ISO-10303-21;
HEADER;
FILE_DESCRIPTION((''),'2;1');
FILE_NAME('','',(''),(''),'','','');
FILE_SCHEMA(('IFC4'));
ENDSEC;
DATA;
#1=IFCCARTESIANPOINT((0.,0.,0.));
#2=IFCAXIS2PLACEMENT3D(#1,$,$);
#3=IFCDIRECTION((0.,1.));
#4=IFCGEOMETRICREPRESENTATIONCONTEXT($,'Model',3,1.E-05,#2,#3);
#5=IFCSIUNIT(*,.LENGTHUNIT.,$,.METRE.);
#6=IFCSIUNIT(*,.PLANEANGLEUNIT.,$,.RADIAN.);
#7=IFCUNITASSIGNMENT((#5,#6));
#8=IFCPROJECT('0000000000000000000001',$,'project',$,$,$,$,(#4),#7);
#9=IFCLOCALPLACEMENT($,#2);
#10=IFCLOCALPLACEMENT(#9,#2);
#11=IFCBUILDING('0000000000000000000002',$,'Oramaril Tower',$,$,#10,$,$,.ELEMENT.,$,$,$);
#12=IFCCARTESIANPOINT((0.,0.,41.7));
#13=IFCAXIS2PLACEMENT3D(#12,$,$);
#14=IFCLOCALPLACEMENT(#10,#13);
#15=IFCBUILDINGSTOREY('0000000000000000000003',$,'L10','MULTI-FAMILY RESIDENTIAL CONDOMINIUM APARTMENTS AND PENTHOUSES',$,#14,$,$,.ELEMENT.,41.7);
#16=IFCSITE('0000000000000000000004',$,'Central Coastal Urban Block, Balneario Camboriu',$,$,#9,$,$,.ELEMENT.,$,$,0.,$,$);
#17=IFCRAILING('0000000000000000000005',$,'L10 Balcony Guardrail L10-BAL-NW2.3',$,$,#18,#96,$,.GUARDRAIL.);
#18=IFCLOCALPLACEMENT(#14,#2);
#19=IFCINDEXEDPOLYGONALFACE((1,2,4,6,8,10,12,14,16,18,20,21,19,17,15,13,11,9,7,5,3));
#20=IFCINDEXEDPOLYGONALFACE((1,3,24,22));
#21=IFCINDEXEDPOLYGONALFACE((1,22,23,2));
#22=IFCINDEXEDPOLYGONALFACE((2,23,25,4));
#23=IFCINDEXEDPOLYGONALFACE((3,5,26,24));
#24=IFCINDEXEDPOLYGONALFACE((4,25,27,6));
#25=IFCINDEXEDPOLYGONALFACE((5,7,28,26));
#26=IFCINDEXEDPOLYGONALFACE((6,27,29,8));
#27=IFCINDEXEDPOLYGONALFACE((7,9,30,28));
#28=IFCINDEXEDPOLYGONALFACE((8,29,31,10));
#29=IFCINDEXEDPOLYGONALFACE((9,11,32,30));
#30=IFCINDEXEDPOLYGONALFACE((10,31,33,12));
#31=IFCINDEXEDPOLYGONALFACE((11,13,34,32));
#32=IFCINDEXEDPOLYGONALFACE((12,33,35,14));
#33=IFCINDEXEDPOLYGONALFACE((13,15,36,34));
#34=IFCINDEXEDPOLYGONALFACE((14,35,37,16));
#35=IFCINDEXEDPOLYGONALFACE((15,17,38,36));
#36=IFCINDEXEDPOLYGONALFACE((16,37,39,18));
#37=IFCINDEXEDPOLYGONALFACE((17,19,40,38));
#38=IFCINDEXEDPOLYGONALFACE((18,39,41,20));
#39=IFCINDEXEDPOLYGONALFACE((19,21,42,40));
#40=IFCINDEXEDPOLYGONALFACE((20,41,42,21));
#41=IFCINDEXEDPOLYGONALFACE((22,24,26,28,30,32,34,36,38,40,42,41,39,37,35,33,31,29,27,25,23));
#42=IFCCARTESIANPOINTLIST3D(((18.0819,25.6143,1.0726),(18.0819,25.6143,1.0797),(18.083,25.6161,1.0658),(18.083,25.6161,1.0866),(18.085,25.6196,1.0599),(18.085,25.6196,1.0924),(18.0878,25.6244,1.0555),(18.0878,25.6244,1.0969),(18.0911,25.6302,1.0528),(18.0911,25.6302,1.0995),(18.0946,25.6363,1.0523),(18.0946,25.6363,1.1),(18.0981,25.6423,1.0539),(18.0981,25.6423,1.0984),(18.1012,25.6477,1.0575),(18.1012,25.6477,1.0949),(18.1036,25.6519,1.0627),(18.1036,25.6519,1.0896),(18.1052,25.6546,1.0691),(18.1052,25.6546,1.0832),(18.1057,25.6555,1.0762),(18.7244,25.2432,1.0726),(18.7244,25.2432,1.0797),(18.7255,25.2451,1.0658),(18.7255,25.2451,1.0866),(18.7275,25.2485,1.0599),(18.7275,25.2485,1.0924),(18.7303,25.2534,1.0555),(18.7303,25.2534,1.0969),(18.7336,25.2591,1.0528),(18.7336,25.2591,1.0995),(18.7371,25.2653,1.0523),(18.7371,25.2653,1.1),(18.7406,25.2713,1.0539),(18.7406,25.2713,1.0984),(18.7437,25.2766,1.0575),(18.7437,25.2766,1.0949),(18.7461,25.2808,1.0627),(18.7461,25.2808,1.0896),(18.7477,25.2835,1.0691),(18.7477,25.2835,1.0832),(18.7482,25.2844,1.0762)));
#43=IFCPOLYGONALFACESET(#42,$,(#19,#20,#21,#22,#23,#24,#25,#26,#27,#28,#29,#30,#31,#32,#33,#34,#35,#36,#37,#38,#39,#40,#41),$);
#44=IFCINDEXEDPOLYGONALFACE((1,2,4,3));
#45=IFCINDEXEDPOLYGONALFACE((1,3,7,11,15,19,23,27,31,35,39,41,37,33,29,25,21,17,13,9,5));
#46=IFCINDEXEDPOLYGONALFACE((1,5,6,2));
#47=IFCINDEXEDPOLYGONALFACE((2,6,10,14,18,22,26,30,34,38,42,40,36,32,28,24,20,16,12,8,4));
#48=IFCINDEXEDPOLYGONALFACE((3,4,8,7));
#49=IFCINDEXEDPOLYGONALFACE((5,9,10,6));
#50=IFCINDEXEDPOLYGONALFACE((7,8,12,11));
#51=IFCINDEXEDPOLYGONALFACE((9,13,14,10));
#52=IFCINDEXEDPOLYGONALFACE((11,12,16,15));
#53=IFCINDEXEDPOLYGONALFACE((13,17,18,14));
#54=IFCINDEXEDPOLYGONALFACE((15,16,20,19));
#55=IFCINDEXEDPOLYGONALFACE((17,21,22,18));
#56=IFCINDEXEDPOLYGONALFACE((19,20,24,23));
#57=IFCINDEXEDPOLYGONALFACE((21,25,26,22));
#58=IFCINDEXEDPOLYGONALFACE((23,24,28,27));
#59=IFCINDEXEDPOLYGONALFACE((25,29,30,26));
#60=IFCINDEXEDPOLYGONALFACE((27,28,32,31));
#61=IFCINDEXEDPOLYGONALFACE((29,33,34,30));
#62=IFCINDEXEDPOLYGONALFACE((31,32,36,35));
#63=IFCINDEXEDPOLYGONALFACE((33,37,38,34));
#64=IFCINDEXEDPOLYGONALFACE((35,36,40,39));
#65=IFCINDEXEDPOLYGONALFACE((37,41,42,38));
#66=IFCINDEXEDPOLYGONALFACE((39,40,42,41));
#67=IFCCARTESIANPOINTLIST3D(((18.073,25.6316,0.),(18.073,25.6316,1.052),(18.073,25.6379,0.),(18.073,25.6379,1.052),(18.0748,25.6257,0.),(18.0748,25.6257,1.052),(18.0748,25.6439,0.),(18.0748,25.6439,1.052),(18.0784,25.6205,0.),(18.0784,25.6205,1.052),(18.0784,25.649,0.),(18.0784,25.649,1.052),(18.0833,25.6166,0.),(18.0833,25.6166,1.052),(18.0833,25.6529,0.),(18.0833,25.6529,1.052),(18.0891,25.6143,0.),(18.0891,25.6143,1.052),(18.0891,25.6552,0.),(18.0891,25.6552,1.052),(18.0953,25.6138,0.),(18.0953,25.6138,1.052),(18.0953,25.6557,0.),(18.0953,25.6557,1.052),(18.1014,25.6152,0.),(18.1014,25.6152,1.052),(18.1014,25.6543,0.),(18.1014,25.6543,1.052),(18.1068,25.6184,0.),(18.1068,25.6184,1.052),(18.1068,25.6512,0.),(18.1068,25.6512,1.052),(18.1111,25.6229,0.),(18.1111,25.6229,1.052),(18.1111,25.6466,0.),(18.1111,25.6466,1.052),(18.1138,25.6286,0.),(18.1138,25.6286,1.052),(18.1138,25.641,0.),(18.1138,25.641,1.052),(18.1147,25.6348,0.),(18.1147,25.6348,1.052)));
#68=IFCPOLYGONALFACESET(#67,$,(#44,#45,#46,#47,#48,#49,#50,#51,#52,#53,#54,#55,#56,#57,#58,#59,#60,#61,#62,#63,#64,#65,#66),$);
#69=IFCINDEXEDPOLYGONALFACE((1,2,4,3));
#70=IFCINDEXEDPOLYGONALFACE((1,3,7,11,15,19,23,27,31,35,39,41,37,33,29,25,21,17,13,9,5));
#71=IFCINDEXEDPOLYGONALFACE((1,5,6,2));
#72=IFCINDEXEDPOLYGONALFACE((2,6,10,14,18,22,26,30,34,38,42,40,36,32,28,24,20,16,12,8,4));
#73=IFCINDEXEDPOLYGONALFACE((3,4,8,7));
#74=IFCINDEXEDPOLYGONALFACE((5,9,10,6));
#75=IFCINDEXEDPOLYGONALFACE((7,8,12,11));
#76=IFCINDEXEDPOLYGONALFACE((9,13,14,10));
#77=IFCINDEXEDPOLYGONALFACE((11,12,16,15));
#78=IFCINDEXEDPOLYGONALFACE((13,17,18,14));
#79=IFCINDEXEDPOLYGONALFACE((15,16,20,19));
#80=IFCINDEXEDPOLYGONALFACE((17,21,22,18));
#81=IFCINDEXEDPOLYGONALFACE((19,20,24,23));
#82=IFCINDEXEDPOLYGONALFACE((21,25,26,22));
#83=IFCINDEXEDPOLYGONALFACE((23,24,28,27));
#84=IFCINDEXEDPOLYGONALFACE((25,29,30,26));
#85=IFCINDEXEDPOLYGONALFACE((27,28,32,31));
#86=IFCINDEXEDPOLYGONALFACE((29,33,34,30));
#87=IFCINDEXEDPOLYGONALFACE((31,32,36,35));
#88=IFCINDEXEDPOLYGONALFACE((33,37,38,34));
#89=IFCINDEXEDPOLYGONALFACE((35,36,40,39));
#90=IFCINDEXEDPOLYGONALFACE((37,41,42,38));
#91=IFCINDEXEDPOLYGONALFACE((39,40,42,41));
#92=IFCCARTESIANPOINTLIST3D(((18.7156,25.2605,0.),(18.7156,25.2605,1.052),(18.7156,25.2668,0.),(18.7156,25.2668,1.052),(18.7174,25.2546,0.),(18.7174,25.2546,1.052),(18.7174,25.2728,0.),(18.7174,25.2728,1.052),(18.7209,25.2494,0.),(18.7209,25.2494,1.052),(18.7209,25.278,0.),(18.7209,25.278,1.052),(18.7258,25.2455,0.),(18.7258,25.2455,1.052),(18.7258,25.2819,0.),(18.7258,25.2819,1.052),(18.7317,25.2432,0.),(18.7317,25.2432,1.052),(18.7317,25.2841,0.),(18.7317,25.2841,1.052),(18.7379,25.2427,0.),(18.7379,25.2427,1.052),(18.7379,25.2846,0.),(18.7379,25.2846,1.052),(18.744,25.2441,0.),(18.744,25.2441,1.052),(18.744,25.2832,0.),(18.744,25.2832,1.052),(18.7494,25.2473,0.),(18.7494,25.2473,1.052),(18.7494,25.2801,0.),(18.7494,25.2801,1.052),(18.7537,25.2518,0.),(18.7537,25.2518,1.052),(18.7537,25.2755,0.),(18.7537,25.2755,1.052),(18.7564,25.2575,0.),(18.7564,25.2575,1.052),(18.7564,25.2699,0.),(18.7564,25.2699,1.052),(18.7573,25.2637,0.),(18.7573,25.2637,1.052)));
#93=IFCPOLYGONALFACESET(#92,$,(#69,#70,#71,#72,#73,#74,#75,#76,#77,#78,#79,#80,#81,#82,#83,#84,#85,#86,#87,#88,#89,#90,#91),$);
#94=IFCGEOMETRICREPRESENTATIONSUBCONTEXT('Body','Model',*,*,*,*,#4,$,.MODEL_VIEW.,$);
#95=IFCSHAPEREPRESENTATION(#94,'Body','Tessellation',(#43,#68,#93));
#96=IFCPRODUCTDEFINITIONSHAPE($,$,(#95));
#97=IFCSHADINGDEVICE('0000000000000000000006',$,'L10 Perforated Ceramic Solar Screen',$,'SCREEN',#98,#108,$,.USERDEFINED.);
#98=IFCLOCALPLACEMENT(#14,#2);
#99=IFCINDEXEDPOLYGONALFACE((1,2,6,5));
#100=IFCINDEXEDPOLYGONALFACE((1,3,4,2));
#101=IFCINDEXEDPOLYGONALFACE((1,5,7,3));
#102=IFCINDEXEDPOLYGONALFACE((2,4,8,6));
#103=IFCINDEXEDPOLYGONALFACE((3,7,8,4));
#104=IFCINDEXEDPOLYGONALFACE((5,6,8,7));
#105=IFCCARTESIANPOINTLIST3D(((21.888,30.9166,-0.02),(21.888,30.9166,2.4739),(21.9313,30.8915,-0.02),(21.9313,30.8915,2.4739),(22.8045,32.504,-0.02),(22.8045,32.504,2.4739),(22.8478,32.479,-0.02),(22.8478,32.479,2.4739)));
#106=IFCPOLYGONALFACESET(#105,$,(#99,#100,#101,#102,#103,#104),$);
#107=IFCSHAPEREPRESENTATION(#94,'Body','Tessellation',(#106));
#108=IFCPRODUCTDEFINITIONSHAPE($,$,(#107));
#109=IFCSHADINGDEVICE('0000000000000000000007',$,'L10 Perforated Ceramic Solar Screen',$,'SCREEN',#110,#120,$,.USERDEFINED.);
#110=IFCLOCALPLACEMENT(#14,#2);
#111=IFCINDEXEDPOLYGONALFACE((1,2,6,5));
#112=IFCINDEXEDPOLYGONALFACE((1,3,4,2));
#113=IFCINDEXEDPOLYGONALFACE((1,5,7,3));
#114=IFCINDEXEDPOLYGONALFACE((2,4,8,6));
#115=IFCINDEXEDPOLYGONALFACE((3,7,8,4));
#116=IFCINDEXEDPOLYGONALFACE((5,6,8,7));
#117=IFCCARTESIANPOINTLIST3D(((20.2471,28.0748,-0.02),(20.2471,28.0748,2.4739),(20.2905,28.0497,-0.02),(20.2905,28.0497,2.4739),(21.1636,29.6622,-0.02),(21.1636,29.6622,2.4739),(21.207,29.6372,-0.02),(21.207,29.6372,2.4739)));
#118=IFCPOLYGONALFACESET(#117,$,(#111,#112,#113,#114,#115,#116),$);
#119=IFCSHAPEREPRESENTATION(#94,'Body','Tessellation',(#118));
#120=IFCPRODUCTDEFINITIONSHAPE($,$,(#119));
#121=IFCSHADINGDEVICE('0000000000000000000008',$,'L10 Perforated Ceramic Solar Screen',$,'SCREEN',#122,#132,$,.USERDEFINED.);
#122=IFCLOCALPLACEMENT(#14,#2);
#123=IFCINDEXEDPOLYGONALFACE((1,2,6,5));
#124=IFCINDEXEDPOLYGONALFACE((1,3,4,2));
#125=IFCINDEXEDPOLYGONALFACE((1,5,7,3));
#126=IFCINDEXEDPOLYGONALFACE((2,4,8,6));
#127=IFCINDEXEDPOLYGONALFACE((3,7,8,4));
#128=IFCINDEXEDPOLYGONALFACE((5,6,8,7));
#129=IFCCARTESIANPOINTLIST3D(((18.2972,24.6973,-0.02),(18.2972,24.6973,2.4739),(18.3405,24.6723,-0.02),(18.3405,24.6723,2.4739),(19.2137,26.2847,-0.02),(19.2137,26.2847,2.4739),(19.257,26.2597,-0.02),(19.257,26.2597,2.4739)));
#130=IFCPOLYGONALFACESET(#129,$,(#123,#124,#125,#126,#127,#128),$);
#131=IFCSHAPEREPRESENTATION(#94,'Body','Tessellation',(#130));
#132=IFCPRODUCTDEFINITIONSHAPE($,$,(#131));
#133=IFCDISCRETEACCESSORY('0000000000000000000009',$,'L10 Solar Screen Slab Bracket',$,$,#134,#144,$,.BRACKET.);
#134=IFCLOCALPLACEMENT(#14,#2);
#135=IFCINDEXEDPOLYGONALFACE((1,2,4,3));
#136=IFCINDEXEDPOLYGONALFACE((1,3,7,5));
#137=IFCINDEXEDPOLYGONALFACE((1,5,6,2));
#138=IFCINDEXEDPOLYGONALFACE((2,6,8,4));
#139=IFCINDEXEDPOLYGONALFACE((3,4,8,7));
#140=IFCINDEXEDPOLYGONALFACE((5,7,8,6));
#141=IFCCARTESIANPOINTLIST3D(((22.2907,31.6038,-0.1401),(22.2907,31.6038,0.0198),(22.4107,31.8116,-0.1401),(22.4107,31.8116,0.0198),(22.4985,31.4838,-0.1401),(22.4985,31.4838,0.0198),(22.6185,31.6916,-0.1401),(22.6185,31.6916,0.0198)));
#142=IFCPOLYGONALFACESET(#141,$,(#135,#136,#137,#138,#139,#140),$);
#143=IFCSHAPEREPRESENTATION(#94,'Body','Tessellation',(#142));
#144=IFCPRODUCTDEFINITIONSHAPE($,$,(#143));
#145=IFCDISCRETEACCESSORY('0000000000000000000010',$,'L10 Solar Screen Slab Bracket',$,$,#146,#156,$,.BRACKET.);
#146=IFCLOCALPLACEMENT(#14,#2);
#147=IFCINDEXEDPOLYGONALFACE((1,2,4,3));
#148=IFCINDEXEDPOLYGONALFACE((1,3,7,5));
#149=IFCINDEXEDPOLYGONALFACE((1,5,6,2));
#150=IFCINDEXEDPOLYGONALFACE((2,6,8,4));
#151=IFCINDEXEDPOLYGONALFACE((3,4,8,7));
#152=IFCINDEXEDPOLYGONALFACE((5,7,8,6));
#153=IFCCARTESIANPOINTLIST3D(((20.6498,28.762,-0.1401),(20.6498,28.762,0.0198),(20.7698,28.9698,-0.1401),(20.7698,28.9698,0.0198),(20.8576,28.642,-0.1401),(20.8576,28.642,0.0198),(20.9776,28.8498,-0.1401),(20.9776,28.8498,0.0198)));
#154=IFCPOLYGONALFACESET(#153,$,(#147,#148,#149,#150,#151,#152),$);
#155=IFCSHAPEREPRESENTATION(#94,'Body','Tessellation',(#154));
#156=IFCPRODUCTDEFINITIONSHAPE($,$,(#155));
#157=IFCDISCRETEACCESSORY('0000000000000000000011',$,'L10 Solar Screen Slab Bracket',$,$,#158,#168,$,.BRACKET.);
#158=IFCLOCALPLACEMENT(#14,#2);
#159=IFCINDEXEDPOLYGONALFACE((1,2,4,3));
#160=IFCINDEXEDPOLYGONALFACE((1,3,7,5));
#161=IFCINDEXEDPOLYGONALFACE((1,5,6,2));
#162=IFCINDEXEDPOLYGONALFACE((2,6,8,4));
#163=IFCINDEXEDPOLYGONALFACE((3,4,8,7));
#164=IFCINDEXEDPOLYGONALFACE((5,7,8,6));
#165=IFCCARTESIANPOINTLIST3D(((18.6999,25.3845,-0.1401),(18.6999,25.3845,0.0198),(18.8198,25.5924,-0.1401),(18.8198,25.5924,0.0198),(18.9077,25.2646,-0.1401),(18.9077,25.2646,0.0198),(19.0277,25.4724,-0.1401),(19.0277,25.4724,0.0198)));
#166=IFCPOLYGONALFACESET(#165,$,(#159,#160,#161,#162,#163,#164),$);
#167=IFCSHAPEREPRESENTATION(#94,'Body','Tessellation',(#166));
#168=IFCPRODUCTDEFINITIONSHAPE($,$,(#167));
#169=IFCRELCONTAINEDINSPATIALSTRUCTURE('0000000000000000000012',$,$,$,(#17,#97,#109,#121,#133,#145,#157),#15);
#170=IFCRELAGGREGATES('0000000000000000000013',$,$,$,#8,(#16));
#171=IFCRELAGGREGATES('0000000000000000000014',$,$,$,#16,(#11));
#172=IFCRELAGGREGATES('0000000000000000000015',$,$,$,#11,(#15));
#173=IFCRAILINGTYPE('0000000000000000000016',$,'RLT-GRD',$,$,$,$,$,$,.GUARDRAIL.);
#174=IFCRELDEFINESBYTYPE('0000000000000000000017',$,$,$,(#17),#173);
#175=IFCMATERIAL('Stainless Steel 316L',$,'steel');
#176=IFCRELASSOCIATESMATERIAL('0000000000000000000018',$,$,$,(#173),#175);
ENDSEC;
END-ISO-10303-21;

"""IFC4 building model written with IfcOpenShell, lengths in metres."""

from ifc_helpers import new_model, si_unit, direction, frame, origin, origin_2d, place, context, subcontext, project, spatial, rectangle, circle, extrude, material, type_object, element, save


model = new_model("IFC4")

# Units and contexts
model_context = context("Model", 3, precision=1e-05, world=origin(), true_north=direction((0.0, 1.0)))
body_context = subcontext(model_context, "Body", "Model", "MODEL_VIEW")
ifc_project = project(units=[si_unit("LENGTHUNIT", "METRE"), si_unit("PLANEANGLEUNIT", "RADIAN")], contexts=[model_context])

# Site, building, storey
site_placement = place(None, origin())
site = spatial("IfcSite", under=ifc_project, at=site_placement, Name="Central Coastal Urban Block, Balneario Camboriu", CompositionType="ELEMENT", RefElevation=0.0)
building_placement = place(site_placement, origin())
building = spatial("IfcBuilding", under=site, at=building_placement, Name="Oramaril Tower", CompositionType="ELEMENT")
storey_placement = place(building_placement, frame((0.0, 0.0, 41.7)))
storey = spatial("IfcBuildingStorey", under=building, at=storey_placement, Name="L10", Description="MULTI-FAMILY RESIDENTIAL CONDOMINIUM APARTMENTS AND PENTHOUSES", CompositionType="ELEMENT", Elevation=41.7)

# Railing
ifc_material_1 = material(Name="Stainless Steel 316L", Category="steel")
railing_type = type_object("IfcRailingType", Name="RLT-GRD", PredefinedType="GUARDRAIL", material=ifc_material_1)
railing_placement = place(storey_placement, frame((18.0938, 25.6348, 0.0)))
element("IfcRailing", 1, at=railing_placement, inside=storey, type_object=railing_type, Name="L10 Balcony Guardrail L10-BAL-NW2.3", PredefinedType="GUARDRAIL", context=body_context, shape_type="SweptSolid", body=[
    extrude(circle(Radius=0.0239, at=origin_2d()), frame((0.0, 0.0, 1.0762), z_axis=(0.865966, -0.500102, 0.0), x_axis=(0.500102, 0.865966, 0.0)), (0.0, 0.0, 1.0), 0.7419),
    extrude(circle(Radius=0.021, at=origin_2d()), origin(), (0.0, 0.0, 1.0), 1.052),
    extrude(circle(Radius=0.021, at=origin_2d()), frame((0.6426, -0.3711, 0.0)), (0.0, 0.0, 1.0), 1.052),
])

# Shading devices
for number, where, z_axis, x_axis, name in (
    (2, (22.3679, 31.6978, -0.02), (0.0, 0.0, 1.0), (-0.5, -0.866025, 0.0), "L10 Perforated Ceramic Solar Screen"),
    (3, (20.7271, 28.856, -0.02), (0.0, 0.0, 1.0), (-0.5, -0.866025, 0.0), "L10 Perforated Ceramic Solar Screen"),
    (4, (18.7771, 25.4785, -0.02), (0.0, 0.0, 1.0), (-0.5, -0.866025, 0.0), "L10 Perforated Ceramic Solar Screen"),
):
    element("IfcShadingDevice", number, at=place(storey_placement, frame(where, z_axis=z_axis, x_axis=x_axis)), inside=storey, Name=name, ObjectType="SCREEN", PredefinedType="USERDEFINED", context=body_context, shape_type="SweptSolid", body=[
        extrude(rectangle(XDim=1.833, YDim=0.05, at=origin_2d()), origin(), (0.0, 0.0, 1.0), 2.4939),
    ])

# Discrete accessories
for number, where, z_axis, x_axis, name in (
    (5, (22.4546, 31.6477, -0.1401), (0.0, 0.0, 1.0), (-0.5, -0.866025, 0.0), "L10 Solar Screen Slab Bracket"),
    (6, (20.8137, 28.8059, -0.1401), (0.0, 0.0, 1.0), (-0.5, -0.866025, 0.0), "L10 Solar Screen Slab Bracket"),
    (7, (18.8638, 25.4285, -0.1401), (0.0, 0.0, 1.0), (-0.5, -0.866025, 0.0), "L10 Solar Screen Slab Bracket"),
):
    element("IfcDiscreteAccessory", number, at=place(storey_placement, frame(where, z_axis=z_axis, x_axis=x_axis)), inside=storey, Name=name, PredefinedType="BRACKET", context=body_context, shape_type="SweptSolid", body=[
        extrude(rectangle(XDim=0.24, YDim=0.24, at=origin_2d()), origin(), (0.0, 0.0, 1.0), 0.1599),
    ])

save(model, "model.ifc")
